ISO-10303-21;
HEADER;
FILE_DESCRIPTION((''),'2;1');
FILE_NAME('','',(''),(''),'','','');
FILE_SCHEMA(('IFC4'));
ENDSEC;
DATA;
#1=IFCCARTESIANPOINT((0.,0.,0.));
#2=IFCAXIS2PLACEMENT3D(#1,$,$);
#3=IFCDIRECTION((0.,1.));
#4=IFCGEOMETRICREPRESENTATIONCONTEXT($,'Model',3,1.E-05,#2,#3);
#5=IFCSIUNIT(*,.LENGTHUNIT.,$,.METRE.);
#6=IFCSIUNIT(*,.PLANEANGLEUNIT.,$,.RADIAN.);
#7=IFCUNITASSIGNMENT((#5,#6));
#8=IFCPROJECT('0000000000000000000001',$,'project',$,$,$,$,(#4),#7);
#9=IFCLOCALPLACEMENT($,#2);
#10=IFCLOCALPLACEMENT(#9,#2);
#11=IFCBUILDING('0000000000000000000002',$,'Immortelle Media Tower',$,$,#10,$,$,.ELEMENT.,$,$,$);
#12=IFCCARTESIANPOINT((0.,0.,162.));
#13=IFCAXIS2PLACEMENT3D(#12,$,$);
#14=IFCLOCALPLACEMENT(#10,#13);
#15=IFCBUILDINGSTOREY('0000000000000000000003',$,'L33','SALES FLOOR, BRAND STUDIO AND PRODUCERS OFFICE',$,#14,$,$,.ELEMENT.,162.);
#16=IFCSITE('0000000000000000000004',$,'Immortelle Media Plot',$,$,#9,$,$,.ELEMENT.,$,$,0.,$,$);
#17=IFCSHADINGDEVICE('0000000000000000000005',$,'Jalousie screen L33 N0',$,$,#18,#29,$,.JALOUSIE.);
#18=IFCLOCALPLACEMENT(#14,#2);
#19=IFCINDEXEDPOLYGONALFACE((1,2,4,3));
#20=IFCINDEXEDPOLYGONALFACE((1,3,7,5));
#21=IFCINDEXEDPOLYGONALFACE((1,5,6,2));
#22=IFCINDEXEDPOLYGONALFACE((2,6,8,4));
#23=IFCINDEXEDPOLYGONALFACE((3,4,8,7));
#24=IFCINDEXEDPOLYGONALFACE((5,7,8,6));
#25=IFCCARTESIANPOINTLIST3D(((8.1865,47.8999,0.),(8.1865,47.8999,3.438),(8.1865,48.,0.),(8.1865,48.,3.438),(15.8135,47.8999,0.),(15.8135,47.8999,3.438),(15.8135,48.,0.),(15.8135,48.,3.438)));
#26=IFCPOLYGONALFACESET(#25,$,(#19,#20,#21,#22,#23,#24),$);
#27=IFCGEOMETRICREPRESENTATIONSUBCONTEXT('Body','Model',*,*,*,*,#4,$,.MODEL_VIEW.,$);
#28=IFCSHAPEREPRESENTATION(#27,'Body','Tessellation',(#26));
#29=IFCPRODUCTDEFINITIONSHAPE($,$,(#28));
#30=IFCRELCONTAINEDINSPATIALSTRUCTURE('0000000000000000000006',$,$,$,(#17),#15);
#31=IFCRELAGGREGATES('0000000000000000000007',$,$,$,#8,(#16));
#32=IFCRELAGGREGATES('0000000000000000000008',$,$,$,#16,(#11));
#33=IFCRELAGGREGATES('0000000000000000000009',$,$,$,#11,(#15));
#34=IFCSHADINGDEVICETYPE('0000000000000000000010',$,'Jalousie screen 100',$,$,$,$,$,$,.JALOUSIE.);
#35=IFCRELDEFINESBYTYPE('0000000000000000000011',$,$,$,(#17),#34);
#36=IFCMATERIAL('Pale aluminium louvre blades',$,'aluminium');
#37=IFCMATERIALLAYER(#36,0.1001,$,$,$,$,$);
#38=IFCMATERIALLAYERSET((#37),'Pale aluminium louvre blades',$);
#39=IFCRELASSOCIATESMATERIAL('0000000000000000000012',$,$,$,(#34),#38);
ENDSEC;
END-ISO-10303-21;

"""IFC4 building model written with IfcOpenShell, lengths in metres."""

from ifc_helpers import new_model, si_unit, direction, frame, origin, origin_2d, place, context, subcontext, project, spatial, rectangle, extrude, material, layer, layer_set, type_object, element, save


model = new_model("IFC4")

# Units and contexts
model_context = context("Model", 3, precision=1e-05, world=origin(), true_north=direction((0.0, 1.0)))
body_context = subcontext(model_context, "Body", "Model", "MODEL_VIEW")
ifc_project = project(units=[si_unit("LENGTHUNIT", "METRE"), si_unit("PLANEANGLEUNIT", "RADIAN")], contexts=[model_context])

# Site, building, storey
site_placement = place(None, origin())
site = spatial("IfcSite", under=ifc_project, at=site_placement, Name="Immortelle Media Plot", CompositionType="ELEMENT", RefElevation=0.0)
building_placement = place(site_placement, origin())
building = spatial("IfcBuilding", under=site, at=building_placement, Name="Immortelle Media Tower", CompositionType="ELEMENT")
storey_placement = place(building_placement, frame((0.0, 0.0, 162.0)))
storey = spatial("IfcBuildingStorey", under=building, at=storey_placement, Name="L33", Description="SALES FLOOR, BRAND STUDIO AND PRODUCERS OFFICE", CompositionType="ELEMENT", Elevation=162.0)

# Shading device
ifc_material_1 = material(Name="Pale aluminium louvre blades", Category="aluminium")
ifc_layer_1 = layer(ifc_material_1, 0.1001)
ifc_layer_set_1 = layer_set([ifc_layer_1], Name="Pale aluminium louvre blades")
shading_device_type = type_object("IfcShadingDeviceType", Name="Jalousie screen 100", PredefinedType="JALOUSIE", material=ifc_layer_set_1)
shading_device_placement = place(storey_placement, frame((12.0, 47.95, 0.0), z_axis=(0.0, 0.0, 1.0), x_axis=(-1.0, 0.0, 0.0)))
element("IfcShadingDevice", 1, at=shading_device_placement, inside=storey, type_object=shading_device_type, Name="Jalousie screen L33 N0", PredefinedType="JALOUSIE", context=body_context, shape_type="SweptSolid", body=[
    extrude(rectangle(XDim=7.627, YDim=0.1001, at=origin_2d()), origin(), (0.0, 0.0, 1.0), 3.438),
])

save(model, "model.ifc")
